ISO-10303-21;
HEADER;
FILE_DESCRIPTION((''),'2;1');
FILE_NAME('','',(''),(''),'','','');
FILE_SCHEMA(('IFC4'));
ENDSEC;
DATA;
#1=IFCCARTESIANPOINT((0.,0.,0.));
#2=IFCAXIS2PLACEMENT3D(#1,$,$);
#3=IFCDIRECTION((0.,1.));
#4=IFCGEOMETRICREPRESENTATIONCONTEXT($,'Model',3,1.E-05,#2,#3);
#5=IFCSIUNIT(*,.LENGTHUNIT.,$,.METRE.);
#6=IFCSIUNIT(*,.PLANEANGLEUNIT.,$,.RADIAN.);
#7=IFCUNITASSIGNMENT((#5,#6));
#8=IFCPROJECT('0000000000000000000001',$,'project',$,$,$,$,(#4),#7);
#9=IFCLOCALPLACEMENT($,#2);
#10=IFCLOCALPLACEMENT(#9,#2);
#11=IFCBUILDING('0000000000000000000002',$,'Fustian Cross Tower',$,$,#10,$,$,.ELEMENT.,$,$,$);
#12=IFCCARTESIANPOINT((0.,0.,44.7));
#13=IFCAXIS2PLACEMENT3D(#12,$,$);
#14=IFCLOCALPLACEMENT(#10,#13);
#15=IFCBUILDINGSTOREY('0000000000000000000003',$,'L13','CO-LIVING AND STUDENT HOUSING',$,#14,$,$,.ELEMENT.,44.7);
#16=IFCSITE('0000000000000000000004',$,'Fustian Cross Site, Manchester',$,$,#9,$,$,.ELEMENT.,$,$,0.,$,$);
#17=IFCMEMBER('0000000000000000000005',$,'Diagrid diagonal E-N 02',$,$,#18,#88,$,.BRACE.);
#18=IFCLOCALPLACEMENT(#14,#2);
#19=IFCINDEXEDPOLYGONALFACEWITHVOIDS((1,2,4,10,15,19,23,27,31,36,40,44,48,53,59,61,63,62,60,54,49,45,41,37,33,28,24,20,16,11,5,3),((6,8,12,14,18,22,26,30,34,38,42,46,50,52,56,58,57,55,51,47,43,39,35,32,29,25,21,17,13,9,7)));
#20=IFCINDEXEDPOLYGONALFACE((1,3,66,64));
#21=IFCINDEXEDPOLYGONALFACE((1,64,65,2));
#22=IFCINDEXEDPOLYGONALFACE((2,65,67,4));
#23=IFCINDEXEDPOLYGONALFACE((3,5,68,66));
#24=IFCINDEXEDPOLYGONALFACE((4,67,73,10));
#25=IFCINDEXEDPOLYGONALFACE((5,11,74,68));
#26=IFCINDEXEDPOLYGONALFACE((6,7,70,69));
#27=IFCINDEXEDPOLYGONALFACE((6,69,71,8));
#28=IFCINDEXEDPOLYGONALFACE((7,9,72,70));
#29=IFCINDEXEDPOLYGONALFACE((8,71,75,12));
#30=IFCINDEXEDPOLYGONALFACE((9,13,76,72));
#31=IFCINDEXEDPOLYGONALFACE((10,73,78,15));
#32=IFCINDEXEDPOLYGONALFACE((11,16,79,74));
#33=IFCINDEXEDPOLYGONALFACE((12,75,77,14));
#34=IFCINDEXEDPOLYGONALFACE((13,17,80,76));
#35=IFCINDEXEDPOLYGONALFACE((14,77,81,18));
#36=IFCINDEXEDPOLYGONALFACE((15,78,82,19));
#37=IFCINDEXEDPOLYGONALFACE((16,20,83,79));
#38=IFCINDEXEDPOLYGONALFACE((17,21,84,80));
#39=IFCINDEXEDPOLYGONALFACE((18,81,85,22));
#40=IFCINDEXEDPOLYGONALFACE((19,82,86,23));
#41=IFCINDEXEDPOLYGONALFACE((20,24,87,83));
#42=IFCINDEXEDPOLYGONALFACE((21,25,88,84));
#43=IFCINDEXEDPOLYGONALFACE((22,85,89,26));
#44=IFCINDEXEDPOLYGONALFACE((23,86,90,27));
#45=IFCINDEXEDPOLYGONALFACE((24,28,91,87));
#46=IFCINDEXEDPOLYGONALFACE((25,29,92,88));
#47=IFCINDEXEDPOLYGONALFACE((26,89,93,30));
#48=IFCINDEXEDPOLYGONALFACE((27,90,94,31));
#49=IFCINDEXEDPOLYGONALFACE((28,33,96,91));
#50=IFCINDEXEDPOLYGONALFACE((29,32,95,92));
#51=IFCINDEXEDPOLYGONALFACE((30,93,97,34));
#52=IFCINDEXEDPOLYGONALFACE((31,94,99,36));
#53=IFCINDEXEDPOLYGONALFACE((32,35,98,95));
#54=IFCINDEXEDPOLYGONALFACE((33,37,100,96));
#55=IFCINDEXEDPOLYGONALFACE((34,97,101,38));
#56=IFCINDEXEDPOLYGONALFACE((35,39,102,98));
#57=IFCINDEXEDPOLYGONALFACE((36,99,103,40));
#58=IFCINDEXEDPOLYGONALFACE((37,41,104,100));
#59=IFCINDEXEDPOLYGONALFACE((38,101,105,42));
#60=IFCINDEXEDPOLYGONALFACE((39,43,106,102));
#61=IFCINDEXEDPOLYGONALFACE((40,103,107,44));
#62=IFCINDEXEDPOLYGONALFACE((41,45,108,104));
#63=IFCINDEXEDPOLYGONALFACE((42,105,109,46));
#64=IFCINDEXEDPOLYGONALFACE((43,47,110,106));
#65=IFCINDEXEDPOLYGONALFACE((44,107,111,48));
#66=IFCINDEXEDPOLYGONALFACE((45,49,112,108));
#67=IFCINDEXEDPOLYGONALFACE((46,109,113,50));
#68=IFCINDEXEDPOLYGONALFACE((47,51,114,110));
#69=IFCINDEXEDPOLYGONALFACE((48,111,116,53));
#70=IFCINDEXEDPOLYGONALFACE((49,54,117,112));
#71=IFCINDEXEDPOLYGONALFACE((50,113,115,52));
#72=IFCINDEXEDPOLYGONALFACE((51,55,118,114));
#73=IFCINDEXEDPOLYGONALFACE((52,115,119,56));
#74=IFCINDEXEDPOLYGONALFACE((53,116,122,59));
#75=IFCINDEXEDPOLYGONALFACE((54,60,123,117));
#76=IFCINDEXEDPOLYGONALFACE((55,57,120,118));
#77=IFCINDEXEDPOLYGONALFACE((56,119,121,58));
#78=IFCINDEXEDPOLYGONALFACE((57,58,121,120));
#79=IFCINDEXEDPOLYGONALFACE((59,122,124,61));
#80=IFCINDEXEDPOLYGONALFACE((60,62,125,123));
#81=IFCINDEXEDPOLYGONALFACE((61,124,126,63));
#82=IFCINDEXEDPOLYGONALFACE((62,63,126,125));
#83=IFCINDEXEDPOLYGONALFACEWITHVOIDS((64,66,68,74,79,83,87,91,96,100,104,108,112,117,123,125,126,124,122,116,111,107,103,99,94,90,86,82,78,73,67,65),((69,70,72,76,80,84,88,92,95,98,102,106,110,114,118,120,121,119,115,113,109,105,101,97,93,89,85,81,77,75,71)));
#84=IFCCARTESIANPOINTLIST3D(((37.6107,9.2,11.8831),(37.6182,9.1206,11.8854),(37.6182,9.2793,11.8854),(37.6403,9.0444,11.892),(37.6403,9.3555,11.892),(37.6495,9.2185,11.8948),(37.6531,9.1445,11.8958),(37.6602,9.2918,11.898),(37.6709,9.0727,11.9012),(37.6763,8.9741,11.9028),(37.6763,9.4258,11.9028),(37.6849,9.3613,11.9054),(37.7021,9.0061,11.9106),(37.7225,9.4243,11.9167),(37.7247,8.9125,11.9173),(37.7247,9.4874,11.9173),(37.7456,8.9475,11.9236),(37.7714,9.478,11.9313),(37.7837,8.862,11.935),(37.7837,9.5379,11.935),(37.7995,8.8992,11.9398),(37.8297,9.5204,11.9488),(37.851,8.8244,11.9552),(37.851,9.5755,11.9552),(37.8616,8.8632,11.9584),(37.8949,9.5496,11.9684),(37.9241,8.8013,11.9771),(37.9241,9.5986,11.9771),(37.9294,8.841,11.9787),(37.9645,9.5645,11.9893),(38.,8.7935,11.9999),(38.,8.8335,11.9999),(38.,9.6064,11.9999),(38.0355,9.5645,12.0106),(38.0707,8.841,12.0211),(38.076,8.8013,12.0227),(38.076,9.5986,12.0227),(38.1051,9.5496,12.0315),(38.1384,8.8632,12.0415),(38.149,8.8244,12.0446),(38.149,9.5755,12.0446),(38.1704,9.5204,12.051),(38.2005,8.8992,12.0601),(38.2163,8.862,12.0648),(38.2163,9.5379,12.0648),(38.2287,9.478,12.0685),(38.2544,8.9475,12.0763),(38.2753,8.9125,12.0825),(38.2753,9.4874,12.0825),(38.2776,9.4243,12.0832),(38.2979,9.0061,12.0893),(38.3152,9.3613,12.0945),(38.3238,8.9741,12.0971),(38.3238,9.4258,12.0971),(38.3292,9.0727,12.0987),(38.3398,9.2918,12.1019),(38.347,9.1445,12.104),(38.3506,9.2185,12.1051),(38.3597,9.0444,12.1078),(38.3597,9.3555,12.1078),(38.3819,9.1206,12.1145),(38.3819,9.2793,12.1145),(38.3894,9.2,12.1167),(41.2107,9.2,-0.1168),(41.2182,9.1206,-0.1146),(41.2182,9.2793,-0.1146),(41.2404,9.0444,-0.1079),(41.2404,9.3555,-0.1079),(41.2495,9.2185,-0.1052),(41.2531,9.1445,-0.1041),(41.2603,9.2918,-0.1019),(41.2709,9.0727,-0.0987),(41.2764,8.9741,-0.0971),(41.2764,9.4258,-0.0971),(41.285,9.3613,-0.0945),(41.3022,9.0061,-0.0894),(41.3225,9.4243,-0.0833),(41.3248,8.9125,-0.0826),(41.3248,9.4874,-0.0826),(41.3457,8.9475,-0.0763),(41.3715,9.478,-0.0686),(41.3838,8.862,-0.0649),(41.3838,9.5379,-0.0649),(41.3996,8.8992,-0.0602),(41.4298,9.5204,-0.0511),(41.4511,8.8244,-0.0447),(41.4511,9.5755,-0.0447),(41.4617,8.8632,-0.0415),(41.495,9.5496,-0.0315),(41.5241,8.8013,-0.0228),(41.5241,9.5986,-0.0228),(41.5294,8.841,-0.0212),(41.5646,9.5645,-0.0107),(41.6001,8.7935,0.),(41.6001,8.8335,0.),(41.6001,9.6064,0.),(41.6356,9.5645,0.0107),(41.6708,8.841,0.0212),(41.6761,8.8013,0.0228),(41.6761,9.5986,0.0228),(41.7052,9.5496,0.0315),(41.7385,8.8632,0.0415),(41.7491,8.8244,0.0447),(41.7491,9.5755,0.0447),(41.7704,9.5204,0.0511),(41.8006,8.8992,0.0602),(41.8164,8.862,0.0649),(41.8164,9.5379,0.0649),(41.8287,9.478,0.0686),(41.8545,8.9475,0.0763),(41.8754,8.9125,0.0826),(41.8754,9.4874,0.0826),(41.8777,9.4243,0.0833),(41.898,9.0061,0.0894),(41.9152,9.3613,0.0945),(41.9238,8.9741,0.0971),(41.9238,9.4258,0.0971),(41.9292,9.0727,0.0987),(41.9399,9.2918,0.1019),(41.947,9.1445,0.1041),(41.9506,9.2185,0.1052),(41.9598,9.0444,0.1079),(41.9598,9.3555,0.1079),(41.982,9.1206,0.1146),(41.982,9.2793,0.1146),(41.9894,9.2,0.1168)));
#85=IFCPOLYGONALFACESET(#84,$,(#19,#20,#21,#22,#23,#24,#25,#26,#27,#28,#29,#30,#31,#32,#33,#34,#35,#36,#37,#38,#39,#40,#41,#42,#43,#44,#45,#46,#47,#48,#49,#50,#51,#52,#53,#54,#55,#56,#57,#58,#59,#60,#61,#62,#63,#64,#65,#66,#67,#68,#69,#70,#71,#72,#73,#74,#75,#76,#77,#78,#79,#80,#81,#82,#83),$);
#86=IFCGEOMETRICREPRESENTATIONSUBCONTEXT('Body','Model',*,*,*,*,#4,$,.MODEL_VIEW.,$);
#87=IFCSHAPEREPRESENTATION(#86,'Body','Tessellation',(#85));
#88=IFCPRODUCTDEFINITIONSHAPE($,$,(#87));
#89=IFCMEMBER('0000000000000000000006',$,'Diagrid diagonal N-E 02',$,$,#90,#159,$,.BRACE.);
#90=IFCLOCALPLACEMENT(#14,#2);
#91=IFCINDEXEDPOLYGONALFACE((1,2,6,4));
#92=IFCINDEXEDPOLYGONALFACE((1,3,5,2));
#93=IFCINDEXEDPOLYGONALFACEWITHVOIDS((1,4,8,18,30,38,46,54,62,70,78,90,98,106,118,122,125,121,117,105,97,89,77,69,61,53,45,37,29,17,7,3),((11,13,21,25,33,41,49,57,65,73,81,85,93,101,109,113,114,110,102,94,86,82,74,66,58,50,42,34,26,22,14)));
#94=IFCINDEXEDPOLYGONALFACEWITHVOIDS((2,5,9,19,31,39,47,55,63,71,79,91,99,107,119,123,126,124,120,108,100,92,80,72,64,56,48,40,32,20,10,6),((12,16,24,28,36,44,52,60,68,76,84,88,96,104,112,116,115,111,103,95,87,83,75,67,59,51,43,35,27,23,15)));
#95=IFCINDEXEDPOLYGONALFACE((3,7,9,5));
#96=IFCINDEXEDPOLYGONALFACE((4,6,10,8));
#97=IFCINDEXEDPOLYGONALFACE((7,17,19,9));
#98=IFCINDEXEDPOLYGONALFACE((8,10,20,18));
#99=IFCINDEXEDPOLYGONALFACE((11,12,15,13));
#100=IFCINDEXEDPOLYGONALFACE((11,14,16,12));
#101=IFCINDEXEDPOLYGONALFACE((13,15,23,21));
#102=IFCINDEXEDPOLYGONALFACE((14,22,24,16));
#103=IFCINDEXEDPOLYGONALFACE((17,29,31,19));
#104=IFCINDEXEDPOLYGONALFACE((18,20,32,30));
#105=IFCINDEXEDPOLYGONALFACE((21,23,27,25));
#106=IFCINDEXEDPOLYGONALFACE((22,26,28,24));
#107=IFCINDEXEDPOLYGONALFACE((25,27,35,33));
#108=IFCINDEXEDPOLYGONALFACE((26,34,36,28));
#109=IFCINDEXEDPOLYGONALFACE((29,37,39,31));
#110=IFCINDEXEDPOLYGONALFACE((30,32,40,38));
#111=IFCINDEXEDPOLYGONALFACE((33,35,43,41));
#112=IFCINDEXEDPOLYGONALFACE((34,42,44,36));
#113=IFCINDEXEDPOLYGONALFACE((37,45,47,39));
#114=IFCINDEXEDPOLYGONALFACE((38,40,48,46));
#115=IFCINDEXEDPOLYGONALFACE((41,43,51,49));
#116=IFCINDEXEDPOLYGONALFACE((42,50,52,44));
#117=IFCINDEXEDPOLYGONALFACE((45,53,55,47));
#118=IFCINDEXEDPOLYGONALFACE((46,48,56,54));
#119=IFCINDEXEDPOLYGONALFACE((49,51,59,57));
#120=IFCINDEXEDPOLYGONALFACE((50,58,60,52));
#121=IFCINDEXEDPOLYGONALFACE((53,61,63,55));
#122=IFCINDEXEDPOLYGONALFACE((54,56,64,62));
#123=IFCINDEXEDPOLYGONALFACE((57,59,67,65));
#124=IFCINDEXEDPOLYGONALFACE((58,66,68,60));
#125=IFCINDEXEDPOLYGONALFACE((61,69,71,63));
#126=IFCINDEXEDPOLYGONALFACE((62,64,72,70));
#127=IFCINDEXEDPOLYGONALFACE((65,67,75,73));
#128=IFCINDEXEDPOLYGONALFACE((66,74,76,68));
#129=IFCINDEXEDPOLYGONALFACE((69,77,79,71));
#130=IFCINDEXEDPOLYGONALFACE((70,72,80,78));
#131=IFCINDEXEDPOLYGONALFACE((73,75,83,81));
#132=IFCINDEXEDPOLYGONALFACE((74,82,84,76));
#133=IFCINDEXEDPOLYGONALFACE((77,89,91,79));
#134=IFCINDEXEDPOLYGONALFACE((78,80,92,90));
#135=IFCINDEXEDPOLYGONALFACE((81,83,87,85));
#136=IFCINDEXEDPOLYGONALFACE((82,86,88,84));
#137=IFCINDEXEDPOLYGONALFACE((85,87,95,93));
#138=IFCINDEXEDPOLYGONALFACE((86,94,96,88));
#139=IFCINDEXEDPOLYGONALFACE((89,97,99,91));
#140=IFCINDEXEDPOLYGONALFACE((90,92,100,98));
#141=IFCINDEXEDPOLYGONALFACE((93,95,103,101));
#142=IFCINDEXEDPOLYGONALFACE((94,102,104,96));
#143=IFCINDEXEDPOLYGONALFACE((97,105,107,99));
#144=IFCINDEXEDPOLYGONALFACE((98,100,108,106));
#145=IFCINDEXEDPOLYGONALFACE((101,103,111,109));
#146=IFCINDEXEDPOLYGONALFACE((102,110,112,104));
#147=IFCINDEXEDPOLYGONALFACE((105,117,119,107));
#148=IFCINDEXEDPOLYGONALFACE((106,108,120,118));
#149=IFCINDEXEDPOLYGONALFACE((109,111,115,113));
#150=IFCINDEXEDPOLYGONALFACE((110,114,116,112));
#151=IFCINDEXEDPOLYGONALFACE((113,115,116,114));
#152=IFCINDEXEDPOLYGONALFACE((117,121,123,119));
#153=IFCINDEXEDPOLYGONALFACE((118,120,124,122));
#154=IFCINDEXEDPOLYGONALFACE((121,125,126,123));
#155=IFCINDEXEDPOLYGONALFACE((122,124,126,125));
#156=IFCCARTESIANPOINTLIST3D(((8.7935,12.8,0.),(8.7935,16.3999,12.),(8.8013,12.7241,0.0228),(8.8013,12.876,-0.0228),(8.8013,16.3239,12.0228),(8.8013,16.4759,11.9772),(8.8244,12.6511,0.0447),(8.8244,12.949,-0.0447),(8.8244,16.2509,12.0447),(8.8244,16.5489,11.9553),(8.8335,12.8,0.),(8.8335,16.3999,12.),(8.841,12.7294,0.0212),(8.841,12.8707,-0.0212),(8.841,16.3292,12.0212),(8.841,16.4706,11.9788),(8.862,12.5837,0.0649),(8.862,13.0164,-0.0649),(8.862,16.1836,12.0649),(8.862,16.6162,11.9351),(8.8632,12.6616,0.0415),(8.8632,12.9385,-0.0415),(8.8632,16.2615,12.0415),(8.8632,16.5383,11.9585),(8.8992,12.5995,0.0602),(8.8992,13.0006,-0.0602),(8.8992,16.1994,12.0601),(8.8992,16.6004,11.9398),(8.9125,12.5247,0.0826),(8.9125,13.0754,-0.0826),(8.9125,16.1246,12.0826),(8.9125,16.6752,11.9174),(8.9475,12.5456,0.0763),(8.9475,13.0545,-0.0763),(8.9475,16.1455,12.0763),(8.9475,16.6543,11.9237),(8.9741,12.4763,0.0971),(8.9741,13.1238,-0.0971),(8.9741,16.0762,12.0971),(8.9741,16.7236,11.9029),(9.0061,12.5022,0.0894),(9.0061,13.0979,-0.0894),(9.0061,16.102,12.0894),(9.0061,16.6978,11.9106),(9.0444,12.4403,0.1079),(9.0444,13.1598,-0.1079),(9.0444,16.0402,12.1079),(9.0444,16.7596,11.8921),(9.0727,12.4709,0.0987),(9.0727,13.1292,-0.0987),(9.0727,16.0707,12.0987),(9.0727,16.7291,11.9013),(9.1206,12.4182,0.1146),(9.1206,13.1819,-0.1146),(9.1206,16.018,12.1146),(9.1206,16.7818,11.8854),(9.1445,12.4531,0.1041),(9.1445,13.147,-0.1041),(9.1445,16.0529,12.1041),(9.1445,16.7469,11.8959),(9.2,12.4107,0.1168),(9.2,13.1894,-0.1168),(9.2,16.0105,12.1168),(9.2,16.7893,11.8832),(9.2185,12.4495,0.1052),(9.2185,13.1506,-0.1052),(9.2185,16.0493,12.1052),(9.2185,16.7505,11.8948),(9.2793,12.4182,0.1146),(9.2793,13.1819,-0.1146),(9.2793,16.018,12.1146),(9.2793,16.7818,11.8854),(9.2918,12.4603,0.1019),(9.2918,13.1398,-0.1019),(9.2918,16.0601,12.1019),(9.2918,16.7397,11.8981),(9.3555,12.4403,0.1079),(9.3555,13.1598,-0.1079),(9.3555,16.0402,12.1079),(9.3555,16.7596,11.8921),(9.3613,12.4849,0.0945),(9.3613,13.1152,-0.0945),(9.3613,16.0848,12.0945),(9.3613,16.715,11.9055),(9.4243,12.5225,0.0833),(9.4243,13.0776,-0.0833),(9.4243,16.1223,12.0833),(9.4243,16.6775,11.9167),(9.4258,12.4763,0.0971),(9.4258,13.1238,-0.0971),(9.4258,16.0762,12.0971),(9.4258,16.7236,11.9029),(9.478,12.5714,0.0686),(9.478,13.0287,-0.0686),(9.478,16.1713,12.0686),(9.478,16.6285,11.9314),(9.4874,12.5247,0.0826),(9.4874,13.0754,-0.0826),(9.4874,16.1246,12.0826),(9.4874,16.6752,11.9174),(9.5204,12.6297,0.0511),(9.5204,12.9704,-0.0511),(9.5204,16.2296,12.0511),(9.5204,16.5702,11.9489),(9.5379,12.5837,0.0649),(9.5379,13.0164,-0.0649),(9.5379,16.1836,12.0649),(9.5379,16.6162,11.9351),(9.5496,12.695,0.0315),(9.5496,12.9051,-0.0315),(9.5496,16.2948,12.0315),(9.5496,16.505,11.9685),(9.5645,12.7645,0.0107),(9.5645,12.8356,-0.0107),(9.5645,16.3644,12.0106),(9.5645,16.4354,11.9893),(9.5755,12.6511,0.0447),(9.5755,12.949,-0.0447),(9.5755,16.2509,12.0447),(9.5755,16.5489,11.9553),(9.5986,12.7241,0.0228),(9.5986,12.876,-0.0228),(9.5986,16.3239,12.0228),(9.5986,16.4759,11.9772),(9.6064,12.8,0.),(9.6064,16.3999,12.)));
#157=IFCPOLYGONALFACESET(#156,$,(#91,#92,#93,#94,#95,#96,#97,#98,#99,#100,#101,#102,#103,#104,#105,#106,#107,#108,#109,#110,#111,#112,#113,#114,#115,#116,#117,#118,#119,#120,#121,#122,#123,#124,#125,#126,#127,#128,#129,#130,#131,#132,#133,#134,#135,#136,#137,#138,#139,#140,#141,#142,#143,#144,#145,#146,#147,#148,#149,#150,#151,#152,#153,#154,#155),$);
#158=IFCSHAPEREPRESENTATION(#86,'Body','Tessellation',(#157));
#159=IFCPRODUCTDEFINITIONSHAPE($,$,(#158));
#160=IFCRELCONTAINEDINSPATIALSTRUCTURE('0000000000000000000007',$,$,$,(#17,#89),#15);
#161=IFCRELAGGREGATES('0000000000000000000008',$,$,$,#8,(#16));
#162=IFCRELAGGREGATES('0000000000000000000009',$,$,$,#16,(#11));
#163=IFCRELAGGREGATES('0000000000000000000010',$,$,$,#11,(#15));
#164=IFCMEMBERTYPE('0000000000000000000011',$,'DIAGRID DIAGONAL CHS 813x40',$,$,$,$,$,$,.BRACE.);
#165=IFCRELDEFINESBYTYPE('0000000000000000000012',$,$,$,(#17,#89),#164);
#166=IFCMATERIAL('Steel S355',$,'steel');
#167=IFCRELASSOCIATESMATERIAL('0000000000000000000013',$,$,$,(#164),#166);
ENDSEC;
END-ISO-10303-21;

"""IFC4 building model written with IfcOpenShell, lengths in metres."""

from ifc_helpers import new_model, si_unit, direction, frame, origin, origin_2d, place, context, subcontext, project, spatial, hollow_circle, extrude, material, material_profile, profile_set, type_object, element, save


model = new_model("IFC4")

# Units and contexts
model_context = context("Model", 3, precision=1e-05, world=origin(), true_north=direction((0.0, 1.0)))
body_context = subcontext(model_context, "Body", "Model", "MODEL_VIEW")
ifc_project = project(units=[si_unit("LENGTHUNIT", "METRE"), si_unit("PLANEANGLEUNIT", "RADIAN")], contexts=[model_context])

# Site, building, storey
site_placement = place(None, origin())
site = spatial("IfcSite", under=ifc_project, at=site_placement, Name="Fustian Cross Site, Manchester", CompositionType="ELEMENT", RefElevation=0.0)
building_placement = place(site_placement, origin())
building = spatial("IfcBuilding", under=site, at=building_placement, Name="Fustian Cross Tower", CompositionType="ELEMENT")
storey_placement = place(building_placement, frame((0.0, 0.0, 44.7)))
storey = spatial("IfcBuildingStorey", under=building, at=storey_placement, Name="L13", Description="CO-LIVING AND STUDENT HOUSING", CompositionType="ELEMENT", Elevation=44.7)

# Members
ifc_material_1 = material(Name="Steel S355", Category="steel")
ifc_material_profile_1 = material_profile(ifc_material_1, hollow_circle(Radius=0.4065, WallThickness=0.04, at=origin_2d()), Name="CHS 813x40")
ifc_profile_set_1 = profile_set([ifc_material_profile_1], Name="Steel S355")
member_type_1 = type_object("IfcMemberType", Name="DIAGRID DIAGONAL CHS 813x40", PredefinedType="BRACE", material=ifc_profile_set_1)
for number, where, z_axis, x_axis, name in (
    (1, (41.6001, 9.2, 0.0), (-0.287355, 0.0, 0.957824), (0.0, -1.0, 0.0), "Diagrid diagonal E-N 02"),
    (2, (9.2, 12.8, 0.0), (0.0, 0.287337, 0.95783), (-1.0, 0.0, 0.0), "Diagrid diagonal N-E 02"),
):
    element("IfcMember", number, at=place(storey_placement, frame(where, z_axis=z_axis, x_axis=x_axis)), inside=storey, type_object=member_type_1, Name=name, PredefinedType="BRACE", context=body_context, shape_type="SweptSolid", body=[
        extrude(hollow_circle(Radius=0.4065, WallThickness=0.04, at=origin_2d()), origin(), (0.0, 0.0, 1.0), 12.5283),
    ])

save(model, "model.ifc")
